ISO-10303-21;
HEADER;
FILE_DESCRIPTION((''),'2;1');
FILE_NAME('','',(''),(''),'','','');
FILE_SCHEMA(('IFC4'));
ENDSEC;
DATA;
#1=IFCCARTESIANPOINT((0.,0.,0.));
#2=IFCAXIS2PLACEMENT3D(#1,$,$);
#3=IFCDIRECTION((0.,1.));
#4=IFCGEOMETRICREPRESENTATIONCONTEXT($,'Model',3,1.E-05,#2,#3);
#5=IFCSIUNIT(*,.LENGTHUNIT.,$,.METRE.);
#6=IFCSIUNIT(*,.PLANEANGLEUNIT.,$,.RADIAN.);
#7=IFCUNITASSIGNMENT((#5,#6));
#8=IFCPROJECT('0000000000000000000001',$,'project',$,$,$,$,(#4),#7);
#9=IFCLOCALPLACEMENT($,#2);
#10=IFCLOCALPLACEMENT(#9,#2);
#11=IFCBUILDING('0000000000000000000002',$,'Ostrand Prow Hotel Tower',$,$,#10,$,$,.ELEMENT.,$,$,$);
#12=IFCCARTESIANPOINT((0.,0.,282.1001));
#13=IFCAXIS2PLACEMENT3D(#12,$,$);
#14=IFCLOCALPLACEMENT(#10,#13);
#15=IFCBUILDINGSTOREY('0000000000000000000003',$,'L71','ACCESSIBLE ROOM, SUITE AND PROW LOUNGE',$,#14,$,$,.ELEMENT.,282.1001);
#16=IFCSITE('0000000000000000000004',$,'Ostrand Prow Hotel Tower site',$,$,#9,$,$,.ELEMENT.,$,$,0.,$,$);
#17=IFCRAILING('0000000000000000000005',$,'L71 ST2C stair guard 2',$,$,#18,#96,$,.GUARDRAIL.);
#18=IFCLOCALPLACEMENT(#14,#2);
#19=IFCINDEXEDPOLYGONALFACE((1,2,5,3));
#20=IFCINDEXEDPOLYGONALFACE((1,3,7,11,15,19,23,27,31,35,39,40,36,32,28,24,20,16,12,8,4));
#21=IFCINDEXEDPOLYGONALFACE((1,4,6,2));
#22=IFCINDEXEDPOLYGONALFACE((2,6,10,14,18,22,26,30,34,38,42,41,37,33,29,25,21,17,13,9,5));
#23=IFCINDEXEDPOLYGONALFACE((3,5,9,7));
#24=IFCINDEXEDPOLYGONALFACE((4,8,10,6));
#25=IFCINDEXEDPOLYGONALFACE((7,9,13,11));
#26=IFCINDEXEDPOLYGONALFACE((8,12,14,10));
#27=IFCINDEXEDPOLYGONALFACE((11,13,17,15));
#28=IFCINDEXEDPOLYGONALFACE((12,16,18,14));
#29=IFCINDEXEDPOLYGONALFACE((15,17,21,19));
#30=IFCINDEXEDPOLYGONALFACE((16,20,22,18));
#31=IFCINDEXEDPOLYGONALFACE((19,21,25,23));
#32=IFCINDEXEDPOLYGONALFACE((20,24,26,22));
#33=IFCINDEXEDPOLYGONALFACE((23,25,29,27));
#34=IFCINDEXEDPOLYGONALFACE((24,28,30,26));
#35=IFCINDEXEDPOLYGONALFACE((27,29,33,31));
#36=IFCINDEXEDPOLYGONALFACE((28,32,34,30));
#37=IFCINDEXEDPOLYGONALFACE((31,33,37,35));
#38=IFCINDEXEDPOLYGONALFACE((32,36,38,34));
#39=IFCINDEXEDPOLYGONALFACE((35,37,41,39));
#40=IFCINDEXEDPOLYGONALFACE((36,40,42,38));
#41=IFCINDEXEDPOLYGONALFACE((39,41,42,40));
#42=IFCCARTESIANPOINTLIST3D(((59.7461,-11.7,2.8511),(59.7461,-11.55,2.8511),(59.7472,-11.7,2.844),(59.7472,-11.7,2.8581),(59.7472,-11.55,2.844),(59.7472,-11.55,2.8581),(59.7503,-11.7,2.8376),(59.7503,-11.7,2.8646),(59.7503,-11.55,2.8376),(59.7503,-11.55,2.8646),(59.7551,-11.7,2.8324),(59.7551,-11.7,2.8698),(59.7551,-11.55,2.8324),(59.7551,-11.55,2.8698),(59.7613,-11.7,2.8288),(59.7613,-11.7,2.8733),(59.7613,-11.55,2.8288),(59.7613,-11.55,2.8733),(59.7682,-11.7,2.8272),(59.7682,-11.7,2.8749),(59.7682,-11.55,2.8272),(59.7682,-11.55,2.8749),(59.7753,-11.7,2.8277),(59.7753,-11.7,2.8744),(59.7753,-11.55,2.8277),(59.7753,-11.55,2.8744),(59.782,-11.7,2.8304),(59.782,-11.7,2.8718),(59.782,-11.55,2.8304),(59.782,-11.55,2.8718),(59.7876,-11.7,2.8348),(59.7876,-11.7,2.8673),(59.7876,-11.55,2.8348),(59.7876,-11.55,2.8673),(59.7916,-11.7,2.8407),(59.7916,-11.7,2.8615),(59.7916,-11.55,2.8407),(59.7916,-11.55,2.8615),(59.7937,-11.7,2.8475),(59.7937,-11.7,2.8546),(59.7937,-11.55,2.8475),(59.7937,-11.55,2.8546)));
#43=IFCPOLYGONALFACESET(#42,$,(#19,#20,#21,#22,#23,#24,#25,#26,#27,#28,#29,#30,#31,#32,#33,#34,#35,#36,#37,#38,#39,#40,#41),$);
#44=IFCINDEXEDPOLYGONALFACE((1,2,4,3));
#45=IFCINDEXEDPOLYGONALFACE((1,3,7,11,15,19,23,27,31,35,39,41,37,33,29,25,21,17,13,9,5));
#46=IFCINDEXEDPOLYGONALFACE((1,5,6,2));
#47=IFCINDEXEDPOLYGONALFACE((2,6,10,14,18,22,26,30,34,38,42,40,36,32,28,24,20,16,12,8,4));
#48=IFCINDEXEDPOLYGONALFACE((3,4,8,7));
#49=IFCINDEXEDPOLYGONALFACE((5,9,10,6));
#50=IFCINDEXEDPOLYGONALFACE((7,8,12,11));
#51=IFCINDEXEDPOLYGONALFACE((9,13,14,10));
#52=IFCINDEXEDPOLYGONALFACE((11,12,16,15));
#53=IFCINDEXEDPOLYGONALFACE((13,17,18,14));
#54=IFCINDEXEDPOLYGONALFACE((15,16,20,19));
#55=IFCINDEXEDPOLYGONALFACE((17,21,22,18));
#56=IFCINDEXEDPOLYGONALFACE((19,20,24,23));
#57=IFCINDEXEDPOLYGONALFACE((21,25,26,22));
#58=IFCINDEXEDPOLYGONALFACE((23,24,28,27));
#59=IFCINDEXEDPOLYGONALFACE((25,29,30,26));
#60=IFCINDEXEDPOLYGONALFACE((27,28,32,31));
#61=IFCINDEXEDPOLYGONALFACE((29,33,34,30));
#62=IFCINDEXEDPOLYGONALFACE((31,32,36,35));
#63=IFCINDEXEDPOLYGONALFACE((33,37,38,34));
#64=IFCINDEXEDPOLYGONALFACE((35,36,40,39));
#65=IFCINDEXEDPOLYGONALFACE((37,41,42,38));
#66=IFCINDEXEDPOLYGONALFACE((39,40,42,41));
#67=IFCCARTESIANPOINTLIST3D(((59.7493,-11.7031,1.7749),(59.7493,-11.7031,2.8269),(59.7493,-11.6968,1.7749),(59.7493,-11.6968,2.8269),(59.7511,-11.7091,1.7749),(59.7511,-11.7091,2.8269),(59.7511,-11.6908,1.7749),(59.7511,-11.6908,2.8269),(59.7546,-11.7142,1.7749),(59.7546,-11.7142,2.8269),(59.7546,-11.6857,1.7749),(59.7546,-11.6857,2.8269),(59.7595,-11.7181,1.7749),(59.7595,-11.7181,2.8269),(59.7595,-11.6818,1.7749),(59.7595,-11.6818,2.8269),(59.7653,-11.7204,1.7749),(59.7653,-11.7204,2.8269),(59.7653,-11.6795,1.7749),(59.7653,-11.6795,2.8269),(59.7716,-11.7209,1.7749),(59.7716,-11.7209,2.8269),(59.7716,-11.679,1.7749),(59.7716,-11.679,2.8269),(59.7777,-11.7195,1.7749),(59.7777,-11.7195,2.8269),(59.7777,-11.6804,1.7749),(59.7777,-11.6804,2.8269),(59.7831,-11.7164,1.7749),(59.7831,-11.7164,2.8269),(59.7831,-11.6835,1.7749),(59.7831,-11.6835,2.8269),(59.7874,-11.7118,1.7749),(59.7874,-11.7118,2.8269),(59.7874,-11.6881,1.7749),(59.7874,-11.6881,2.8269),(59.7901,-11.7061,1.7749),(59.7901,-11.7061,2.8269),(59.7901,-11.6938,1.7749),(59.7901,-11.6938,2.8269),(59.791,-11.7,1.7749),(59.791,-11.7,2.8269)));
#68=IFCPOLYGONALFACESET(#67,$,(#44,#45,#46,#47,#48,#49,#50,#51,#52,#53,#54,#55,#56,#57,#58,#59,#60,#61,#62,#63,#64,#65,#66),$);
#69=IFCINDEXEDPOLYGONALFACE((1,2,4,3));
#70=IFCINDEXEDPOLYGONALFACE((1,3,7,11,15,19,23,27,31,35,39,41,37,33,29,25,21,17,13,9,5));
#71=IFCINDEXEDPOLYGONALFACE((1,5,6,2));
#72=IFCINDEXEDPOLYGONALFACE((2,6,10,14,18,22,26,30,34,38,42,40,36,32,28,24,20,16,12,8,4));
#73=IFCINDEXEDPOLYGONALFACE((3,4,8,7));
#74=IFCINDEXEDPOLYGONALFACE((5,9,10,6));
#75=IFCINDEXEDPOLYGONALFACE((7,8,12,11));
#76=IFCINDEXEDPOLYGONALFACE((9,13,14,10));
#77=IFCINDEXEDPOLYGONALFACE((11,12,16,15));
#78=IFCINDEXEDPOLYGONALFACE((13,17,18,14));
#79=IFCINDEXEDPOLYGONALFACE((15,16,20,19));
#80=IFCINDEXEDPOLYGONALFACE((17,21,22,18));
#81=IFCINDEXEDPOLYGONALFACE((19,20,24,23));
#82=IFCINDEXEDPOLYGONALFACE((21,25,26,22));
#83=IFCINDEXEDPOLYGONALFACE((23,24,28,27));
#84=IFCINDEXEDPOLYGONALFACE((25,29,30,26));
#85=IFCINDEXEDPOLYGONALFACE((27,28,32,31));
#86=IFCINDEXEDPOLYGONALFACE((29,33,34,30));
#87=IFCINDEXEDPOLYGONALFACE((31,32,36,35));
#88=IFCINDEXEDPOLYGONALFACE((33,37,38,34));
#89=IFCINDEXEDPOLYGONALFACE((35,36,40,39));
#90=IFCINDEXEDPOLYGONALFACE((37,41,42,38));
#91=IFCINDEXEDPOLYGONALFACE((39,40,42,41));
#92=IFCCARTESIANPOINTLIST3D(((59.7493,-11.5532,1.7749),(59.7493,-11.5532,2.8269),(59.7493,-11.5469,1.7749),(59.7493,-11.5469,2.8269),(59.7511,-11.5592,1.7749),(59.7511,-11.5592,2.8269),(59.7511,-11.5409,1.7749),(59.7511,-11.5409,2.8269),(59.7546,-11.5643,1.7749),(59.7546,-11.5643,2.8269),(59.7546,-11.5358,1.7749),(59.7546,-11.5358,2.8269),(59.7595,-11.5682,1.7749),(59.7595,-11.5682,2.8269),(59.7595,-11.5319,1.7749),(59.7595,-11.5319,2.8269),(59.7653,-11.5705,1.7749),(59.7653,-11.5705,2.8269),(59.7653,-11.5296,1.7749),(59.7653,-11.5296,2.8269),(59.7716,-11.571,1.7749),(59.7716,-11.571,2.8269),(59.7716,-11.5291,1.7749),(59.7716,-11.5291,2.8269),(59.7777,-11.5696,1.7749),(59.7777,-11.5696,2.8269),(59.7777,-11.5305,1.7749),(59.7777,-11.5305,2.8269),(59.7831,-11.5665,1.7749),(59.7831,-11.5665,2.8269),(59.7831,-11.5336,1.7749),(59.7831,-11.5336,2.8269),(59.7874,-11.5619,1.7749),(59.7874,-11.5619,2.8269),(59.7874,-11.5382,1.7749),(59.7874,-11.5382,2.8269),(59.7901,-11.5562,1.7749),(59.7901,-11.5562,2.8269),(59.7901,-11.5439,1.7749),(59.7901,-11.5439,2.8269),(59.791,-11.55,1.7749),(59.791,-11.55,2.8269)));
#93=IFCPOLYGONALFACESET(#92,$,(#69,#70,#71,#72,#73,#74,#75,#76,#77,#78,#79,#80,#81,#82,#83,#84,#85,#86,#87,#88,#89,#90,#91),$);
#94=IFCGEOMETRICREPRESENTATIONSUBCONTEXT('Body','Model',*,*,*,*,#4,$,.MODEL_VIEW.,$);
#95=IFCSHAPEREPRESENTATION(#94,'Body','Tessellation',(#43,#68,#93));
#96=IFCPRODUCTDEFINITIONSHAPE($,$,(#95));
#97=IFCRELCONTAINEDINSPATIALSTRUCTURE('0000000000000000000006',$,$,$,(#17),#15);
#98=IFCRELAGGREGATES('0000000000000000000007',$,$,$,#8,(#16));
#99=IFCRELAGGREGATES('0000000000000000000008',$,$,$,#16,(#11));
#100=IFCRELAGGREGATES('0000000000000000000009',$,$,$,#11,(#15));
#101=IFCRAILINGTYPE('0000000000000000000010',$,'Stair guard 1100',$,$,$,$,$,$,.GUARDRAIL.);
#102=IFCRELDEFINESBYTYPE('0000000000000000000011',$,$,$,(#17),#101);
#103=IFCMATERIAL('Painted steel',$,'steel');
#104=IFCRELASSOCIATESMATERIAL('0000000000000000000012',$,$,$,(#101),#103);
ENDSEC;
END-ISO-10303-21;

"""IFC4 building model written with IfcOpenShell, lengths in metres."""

from ifc_helpers import new_model, si_unit, direction, frame, origin, origin_2d, place, context, subcontext, project, spatial, circle, extrude, material, type_object, element, save


model = new_model("IFC4")

# Units and contexts
model_context = context("Model", 3, precision=1e-05, world=origin(), true_north=direction((0.0, 1.0)))
body_context = subcontext(model_context, "Body", "Model", "MODEL_VIEW")
ifc_project = project(units=[si_unit("LENGTHUNIT", "METRE"), si_unit("PLANEANGLEUNIT", "RADIAN")], contexts=[model_context])

# Site, building, storey
site_placement = place(None, origin())
site = spatial("IfcSite", under=ifc_project, at=site_placement, Name="Ostrand Prow Hotel Tower site", CompositionType="ELEMENT", RefElevation=0.0)
building_placement = place(site_placement, origin())
building = spatial("IfcBuilding", under=site, at=building_placement, Name="Ostrand Prow Hotel Tower", CompositionType="ELEMENT")
storey_placement = place(building_placement, frame((0.0, 0.0, 282.1001)))
storey = spatial("IfcBuildingStorey", under=building, at=storey_placement, Name="L71", Description="ACCESSIBLE ROOM, SUITE AND PROW LOUNGE", CompositionType="ELEMENT", Elevation=282.1001)

# Railing
ifc_material_1 = material(Name="Painted steel", Category="steel")
railing_type_1 = type_object("IfcRailingType", Name="Stair guard 1100", PredefinedType="GUARDRAIL", material=ifc_material_1)
railing_1_placement = place(storey_placement, frame((59.77, -11.7, 1.7749)))
element("IfcRailing", 1, at=railing_1_placement, inside=storey, type_object=railing_type_1, Name="L71 ST2C stair guard 2", PredefinedType="GUARDRAIL", context=body_context, shape_type="SweptSolid", body=[
    extrude(circle(Radius=0.0239, at=origin_2d()), frame((0.0, 0.0, 1.0762), z_axis=(0.0, 1.0, 0.0), x_axis=(-1.0, 0.0, 0.0)), (0.0, 0.0, 1.0), 0.1499),
    extrude(circle(Radius=0.021, at=origin_2d()), origin(), (0.0, 0.0, 1.0), 1.052),
    extrude(circle(Radius=0.021, at=origin_2d()), frame((0.0, 0.1499, 0.0)), (0.0, 0.0, 1.0), 1.052),
])

save(model, "model.ifc")
